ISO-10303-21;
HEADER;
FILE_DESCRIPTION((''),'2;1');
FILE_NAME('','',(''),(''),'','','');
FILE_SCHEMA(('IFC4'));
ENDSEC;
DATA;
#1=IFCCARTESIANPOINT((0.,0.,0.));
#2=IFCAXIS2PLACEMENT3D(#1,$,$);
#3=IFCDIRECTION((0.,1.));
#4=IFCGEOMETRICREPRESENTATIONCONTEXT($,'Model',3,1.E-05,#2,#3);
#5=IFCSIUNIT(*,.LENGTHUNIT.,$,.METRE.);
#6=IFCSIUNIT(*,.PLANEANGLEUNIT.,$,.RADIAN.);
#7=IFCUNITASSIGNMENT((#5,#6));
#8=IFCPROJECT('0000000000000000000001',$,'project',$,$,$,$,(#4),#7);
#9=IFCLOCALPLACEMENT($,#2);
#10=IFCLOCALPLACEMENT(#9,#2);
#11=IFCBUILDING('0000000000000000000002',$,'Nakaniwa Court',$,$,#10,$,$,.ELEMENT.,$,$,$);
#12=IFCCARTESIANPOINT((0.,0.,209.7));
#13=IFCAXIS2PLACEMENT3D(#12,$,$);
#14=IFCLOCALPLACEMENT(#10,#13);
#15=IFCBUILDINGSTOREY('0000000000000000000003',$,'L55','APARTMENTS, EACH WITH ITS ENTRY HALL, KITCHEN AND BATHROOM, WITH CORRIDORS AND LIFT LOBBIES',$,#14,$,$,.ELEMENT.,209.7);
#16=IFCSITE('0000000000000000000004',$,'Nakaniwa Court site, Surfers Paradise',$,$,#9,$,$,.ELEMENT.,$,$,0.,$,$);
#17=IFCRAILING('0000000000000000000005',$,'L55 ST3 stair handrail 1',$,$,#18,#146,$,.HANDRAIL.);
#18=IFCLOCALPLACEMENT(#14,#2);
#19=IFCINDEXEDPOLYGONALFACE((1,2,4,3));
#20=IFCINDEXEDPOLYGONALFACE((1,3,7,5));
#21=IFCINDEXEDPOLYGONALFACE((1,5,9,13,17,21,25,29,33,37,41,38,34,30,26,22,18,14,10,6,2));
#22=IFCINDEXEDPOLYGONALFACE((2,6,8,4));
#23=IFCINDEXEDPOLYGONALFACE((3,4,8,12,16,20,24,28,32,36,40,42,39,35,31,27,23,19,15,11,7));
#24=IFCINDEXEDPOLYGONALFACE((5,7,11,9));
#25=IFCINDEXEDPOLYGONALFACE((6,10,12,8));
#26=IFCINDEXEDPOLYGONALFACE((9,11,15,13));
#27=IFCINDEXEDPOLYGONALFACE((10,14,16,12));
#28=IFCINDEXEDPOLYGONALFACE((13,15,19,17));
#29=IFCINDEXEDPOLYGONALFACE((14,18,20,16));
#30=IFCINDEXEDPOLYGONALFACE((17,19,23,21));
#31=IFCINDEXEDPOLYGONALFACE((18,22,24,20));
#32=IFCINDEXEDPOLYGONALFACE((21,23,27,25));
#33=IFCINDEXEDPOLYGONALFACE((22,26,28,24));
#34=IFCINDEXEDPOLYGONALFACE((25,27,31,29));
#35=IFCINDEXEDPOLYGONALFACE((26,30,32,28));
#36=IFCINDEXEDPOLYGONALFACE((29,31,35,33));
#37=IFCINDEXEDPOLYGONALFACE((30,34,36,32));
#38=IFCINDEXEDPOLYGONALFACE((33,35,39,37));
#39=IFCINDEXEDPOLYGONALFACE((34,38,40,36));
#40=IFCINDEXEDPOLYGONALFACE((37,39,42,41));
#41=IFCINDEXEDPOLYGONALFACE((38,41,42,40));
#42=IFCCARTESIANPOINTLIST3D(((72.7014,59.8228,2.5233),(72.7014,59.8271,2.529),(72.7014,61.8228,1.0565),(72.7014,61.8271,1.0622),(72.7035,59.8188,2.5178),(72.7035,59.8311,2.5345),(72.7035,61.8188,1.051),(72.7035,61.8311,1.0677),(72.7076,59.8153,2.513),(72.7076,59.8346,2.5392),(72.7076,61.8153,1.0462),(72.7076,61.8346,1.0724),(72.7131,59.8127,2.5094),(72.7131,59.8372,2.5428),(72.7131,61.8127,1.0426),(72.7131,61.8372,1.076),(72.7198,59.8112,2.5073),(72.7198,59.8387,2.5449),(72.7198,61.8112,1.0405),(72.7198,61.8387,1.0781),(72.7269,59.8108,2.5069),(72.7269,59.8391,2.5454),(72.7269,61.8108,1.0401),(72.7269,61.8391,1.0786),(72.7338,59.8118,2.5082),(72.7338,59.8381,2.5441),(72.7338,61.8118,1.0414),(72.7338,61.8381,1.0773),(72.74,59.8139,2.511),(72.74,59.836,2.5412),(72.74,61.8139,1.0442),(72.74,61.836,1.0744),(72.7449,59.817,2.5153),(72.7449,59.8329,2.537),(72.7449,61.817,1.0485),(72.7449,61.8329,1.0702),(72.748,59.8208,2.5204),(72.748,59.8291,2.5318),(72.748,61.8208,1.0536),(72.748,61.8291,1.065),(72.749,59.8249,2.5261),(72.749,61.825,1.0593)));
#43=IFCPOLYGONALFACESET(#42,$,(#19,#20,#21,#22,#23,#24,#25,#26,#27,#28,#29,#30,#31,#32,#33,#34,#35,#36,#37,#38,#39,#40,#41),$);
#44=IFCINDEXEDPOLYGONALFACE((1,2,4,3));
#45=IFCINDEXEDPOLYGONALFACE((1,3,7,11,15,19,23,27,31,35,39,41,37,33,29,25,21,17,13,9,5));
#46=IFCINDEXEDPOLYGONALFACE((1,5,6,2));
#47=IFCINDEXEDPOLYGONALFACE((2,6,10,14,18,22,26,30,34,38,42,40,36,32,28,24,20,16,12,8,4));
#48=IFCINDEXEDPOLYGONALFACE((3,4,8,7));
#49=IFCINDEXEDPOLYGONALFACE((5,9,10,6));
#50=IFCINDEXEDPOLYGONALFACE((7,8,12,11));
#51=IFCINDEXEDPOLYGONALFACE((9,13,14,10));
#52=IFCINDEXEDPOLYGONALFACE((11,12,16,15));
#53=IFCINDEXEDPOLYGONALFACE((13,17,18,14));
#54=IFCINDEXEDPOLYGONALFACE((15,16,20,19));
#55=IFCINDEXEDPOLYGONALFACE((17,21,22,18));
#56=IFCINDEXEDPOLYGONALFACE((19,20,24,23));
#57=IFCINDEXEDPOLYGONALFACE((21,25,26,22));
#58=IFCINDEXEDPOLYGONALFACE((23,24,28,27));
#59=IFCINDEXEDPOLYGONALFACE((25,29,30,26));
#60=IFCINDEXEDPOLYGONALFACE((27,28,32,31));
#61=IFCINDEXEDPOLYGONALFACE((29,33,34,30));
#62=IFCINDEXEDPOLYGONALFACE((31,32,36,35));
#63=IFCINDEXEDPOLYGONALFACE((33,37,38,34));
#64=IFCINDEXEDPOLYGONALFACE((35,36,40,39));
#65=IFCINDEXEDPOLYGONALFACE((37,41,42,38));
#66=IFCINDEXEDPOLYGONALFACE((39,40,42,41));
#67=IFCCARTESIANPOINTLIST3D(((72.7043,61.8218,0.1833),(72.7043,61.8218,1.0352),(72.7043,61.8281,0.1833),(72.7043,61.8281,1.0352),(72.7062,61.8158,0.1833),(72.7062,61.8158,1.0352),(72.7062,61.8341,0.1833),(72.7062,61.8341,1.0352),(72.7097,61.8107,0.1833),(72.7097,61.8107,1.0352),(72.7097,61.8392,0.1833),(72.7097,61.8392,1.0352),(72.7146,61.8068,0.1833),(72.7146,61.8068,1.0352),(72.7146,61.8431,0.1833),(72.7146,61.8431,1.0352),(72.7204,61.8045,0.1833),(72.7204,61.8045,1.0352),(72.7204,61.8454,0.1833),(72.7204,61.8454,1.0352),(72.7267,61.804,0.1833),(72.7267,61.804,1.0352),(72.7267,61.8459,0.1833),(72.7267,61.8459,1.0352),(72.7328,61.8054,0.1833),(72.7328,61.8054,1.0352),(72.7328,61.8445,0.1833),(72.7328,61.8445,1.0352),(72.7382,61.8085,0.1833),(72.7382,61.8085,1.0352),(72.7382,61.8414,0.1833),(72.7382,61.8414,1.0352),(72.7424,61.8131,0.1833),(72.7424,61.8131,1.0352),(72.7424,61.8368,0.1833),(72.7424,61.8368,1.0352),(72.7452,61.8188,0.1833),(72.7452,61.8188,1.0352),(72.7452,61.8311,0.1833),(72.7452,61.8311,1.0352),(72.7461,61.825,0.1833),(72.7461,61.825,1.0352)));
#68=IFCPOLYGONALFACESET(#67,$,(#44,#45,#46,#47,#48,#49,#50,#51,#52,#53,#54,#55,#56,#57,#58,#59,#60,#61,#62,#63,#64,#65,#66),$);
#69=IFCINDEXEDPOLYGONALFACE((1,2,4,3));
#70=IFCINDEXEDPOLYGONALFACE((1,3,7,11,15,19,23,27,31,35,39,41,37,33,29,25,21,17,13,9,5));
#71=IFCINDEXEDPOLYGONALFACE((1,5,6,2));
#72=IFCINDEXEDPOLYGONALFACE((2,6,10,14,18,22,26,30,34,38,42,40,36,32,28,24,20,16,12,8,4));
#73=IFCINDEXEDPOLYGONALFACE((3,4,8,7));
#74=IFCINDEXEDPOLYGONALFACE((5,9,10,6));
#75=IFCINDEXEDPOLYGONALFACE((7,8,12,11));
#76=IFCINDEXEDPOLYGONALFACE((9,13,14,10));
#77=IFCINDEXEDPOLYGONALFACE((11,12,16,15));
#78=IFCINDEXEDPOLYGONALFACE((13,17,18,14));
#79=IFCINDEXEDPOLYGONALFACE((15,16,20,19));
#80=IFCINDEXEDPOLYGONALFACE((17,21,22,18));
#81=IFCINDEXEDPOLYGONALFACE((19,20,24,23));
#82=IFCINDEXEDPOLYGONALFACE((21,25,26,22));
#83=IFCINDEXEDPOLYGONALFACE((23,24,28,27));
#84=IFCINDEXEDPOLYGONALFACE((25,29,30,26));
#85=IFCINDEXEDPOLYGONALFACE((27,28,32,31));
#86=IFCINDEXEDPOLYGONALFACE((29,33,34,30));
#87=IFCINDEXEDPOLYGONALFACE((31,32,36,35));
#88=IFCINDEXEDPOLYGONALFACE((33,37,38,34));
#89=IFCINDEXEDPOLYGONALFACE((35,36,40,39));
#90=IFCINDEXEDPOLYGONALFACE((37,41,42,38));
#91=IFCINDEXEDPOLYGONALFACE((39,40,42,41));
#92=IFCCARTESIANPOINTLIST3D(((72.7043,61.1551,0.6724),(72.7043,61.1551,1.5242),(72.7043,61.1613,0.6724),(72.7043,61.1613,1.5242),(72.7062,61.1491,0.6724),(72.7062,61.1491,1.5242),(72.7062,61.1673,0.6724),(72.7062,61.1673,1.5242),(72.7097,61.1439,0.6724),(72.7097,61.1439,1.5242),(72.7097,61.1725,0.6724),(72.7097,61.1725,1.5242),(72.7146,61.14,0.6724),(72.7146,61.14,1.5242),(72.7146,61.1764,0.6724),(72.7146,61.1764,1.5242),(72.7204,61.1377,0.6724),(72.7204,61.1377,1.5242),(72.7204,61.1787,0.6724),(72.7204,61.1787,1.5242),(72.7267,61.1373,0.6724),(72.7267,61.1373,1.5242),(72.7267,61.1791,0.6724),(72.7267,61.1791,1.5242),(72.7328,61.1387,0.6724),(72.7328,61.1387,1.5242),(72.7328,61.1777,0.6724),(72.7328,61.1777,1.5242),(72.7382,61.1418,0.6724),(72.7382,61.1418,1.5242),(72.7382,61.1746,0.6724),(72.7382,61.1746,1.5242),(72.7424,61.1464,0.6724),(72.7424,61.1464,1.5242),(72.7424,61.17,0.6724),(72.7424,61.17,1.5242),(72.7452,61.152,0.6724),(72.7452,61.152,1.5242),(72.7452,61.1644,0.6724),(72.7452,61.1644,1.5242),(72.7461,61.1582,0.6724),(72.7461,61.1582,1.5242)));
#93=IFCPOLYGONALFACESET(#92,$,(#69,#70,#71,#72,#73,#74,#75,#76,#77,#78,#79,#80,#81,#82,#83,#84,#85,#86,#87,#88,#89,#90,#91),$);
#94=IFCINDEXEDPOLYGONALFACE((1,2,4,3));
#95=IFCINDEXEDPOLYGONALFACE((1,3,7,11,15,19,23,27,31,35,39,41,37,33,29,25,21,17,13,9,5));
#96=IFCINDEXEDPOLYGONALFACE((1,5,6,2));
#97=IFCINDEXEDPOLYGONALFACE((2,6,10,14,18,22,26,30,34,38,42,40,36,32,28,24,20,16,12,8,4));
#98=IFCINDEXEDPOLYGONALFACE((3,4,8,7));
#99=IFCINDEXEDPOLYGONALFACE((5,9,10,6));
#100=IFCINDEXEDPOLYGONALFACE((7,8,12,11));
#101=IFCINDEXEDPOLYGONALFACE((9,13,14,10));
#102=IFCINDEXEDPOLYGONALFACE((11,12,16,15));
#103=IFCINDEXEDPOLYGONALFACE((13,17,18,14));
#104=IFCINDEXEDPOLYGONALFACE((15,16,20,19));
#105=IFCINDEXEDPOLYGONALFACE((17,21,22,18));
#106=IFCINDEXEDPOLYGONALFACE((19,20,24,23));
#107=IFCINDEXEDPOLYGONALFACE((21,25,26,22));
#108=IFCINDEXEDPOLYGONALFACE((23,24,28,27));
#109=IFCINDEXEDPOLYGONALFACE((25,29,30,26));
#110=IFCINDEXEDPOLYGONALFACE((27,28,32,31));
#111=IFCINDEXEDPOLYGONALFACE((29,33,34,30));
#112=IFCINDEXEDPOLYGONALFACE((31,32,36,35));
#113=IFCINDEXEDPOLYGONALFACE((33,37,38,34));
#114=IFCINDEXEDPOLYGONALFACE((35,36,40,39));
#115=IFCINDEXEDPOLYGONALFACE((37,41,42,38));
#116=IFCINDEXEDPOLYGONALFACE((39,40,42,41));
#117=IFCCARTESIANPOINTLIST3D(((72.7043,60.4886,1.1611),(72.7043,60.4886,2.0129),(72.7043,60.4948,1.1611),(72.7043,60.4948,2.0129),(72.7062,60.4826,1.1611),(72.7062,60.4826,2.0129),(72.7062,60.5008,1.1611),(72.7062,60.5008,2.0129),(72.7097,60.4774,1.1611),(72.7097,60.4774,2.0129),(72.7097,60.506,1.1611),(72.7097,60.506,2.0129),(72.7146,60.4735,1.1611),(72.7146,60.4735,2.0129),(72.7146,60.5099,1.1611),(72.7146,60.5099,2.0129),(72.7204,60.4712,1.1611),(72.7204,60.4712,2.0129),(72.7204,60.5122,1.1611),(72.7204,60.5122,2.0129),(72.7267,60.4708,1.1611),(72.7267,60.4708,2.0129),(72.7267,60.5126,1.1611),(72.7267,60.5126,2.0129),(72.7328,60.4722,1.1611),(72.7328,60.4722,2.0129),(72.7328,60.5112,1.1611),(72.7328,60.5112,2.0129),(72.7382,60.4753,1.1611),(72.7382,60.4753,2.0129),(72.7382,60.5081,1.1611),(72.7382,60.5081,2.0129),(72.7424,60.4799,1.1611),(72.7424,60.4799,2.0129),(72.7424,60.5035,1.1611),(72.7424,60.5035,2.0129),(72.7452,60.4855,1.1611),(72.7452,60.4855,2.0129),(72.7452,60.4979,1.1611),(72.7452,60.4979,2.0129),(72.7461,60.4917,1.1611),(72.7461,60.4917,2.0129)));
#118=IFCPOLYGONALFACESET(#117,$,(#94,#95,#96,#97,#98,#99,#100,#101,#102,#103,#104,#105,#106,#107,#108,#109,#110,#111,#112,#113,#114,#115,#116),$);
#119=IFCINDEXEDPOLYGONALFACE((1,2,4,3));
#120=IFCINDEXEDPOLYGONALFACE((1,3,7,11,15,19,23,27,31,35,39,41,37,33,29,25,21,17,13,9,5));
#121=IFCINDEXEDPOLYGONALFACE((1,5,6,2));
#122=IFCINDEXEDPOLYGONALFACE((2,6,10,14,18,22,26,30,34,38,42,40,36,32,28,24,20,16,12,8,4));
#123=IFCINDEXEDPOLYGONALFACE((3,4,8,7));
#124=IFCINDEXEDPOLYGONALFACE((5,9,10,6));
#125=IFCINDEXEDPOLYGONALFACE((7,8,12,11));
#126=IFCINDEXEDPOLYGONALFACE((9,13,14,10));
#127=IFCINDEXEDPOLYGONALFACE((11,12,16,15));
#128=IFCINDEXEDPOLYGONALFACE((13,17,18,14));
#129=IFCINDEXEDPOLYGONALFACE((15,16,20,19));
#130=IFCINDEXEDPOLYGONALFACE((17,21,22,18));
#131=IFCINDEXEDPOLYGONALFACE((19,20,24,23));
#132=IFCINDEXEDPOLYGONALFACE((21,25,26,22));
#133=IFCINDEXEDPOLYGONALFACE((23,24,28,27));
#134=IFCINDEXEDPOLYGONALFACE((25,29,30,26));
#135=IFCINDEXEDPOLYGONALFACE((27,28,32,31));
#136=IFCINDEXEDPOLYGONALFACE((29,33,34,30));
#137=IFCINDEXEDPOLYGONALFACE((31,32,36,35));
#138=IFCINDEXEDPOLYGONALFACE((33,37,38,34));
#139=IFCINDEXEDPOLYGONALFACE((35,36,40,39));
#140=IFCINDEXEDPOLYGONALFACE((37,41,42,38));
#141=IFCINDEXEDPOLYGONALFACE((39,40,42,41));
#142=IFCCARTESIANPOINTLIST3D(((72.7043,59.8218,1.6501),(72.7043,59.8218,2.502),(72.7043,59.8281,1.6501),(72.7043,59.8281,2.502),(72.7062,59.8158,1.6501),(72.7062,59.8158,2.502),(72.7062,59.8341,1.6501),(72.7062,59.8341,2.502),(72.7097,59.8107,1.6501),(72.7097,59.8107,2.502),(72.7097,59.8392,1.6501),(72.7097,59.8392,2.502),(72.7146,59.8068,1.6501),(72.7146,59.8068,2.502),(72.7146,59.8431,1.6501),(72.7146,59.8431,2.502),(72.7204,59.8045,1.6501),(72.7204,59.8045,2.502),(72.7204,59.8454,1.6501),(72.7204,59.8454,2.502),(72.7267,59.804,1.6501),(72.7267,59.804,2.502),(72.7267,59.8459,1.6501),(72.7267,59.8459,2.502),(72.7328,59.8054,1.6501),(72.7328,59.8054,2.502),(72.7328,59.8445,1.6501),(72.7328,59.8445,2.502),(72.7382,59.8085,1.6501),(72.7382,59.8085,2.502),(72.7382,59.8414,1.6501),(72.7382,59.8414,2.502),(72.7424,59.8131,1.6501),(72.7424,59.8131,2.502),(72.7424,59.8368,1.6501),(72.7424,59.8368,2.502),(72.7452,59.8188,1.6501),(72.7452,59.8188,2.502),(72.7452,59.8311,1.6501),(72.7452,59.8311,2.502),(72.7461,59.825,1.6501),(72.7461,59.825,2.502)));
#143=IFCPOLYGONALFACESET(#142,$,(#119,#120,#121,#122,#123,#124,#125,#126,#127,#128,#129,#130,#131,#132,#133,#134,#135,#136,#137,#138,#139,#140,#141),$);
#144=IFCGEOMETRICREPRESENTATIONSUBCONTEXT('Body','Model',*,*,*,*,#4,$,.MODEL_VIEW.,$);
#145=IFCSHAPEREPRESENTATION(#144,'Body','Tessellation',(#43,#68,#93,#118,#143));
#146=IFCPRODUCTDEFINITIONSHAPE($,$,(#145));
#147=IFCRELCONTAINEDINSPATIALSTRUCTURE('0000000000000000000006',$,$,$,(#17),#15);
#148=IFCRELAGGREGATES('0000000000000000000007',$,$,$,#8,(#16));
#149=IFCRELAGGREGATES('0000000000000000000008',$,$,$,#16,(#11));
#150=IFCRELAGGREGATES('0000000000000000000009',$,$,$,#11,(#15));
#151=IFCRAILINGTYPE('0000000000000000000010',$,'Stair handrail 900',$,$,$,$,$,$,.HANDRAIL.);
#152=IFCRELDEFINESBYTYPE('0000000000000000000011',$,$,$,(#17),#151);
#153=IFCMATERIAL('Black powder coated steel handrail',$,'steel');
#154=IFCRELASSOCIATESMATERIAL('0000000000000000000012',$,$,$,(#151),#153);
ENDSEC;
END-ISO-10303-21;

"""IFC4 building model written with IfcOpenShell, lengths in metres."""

from ifc_helpers import new_model, si_unit, direction, frame, origin, origin_2d, place, context, subcontext, project, spatial, circle, extrude, material, type_object, element, save


model = new_model("IFC4")

# Units and contexts
model_context = context("Model", 3, precision=1e-05, world=origin(), true_north=direction((0.0, 1.0)))
body_context = subcontext(model_context, "Body", "Model", "MODEL_VIEW")
ifc_project = project(units=[si_unit("LENGTHUNIT", "METRE"), si_unit("PLANEANGLEUNIT", "RADIAN")], contexts=[model_context])

# Site, building, storey
site_placement = place(None, origin())
site = spatial("IfcSite", under=ifc_project, at=site_placement, Name="Nakaniwa Court site, Surfers Paradise", CompositionType="ELEMENT", RefElevation=0.0)
building_placement = place(site_placement, origin())
building = spatial("IfcBuilding", under=site, at=building_placement, Name="Nakaniwa Court", CompositionType="ELEMENT")
storey_placement = place(building_placement, frame((0.0, 0.0, 209.7)))
storey = spatial("IfcBuildingStorey", under=building, at=storey_placement, Name="L55", Description="APARTMENTS, EACH WITH ITS ENTRY HALL, KITCHEN AND BATHROOM, WITH CORRIDORS AND LIFT LOBBIES", CompositionType="ELEMENT", Elevation=209.7)

# Railing
ifc_material_1 = material(Name="Black powder coated steel handrail", Category="steel")
railing_type_1 = type_object("IfcRailingType", Name="Stair handrail 900", PredefinedType="HANDRAIL", material=ifc_material_1)
railing_1_placement = place(storey_placement, frame((72.7251, 61.825, 0.1833)))
element("IfcRailing", 1, at=railing_1_placement, inside=storey, type_object=railing_type_1, Name="L55 ST3 stair handrail 1", PredefinedType="HANDRAIL", context=body_context, shape_type="SweptSolid", body=[
    extrude(circle(Radius=0.0239, at=origin_2d()), frame((0.0, 0.0, 0.876), z_axis=(0.0, -0.80638, 0.591398), x_axis=(1.0, 0.0, 0.0)), (0.0, 0.0, 1.0), 2.4802),
    extrude(circle(Radius=0.021, at=origin_2d()), origin(), (0.0, 0.0, 1.0), 0.8518),
    extrude(circle(Radius=0.021, at=origin_2d()), frame((0.0, -0.6667, 0.489)), (0.0, 0.0, 1.0), 0.8518),
    extrude(circle(Radius=0.021, at=origin_2d()), frame((0.0, -1.3333, 0.9778)), (0.0, 0.0, 1.0), 0.8518),
    extrude(circle(Radius=0.021, at=origin_2d()), frame((0.0, -2.0, 1.4668)), (0.0, 0.0, 1.0), 0.8518),
])

save(model, "model.ifc")
